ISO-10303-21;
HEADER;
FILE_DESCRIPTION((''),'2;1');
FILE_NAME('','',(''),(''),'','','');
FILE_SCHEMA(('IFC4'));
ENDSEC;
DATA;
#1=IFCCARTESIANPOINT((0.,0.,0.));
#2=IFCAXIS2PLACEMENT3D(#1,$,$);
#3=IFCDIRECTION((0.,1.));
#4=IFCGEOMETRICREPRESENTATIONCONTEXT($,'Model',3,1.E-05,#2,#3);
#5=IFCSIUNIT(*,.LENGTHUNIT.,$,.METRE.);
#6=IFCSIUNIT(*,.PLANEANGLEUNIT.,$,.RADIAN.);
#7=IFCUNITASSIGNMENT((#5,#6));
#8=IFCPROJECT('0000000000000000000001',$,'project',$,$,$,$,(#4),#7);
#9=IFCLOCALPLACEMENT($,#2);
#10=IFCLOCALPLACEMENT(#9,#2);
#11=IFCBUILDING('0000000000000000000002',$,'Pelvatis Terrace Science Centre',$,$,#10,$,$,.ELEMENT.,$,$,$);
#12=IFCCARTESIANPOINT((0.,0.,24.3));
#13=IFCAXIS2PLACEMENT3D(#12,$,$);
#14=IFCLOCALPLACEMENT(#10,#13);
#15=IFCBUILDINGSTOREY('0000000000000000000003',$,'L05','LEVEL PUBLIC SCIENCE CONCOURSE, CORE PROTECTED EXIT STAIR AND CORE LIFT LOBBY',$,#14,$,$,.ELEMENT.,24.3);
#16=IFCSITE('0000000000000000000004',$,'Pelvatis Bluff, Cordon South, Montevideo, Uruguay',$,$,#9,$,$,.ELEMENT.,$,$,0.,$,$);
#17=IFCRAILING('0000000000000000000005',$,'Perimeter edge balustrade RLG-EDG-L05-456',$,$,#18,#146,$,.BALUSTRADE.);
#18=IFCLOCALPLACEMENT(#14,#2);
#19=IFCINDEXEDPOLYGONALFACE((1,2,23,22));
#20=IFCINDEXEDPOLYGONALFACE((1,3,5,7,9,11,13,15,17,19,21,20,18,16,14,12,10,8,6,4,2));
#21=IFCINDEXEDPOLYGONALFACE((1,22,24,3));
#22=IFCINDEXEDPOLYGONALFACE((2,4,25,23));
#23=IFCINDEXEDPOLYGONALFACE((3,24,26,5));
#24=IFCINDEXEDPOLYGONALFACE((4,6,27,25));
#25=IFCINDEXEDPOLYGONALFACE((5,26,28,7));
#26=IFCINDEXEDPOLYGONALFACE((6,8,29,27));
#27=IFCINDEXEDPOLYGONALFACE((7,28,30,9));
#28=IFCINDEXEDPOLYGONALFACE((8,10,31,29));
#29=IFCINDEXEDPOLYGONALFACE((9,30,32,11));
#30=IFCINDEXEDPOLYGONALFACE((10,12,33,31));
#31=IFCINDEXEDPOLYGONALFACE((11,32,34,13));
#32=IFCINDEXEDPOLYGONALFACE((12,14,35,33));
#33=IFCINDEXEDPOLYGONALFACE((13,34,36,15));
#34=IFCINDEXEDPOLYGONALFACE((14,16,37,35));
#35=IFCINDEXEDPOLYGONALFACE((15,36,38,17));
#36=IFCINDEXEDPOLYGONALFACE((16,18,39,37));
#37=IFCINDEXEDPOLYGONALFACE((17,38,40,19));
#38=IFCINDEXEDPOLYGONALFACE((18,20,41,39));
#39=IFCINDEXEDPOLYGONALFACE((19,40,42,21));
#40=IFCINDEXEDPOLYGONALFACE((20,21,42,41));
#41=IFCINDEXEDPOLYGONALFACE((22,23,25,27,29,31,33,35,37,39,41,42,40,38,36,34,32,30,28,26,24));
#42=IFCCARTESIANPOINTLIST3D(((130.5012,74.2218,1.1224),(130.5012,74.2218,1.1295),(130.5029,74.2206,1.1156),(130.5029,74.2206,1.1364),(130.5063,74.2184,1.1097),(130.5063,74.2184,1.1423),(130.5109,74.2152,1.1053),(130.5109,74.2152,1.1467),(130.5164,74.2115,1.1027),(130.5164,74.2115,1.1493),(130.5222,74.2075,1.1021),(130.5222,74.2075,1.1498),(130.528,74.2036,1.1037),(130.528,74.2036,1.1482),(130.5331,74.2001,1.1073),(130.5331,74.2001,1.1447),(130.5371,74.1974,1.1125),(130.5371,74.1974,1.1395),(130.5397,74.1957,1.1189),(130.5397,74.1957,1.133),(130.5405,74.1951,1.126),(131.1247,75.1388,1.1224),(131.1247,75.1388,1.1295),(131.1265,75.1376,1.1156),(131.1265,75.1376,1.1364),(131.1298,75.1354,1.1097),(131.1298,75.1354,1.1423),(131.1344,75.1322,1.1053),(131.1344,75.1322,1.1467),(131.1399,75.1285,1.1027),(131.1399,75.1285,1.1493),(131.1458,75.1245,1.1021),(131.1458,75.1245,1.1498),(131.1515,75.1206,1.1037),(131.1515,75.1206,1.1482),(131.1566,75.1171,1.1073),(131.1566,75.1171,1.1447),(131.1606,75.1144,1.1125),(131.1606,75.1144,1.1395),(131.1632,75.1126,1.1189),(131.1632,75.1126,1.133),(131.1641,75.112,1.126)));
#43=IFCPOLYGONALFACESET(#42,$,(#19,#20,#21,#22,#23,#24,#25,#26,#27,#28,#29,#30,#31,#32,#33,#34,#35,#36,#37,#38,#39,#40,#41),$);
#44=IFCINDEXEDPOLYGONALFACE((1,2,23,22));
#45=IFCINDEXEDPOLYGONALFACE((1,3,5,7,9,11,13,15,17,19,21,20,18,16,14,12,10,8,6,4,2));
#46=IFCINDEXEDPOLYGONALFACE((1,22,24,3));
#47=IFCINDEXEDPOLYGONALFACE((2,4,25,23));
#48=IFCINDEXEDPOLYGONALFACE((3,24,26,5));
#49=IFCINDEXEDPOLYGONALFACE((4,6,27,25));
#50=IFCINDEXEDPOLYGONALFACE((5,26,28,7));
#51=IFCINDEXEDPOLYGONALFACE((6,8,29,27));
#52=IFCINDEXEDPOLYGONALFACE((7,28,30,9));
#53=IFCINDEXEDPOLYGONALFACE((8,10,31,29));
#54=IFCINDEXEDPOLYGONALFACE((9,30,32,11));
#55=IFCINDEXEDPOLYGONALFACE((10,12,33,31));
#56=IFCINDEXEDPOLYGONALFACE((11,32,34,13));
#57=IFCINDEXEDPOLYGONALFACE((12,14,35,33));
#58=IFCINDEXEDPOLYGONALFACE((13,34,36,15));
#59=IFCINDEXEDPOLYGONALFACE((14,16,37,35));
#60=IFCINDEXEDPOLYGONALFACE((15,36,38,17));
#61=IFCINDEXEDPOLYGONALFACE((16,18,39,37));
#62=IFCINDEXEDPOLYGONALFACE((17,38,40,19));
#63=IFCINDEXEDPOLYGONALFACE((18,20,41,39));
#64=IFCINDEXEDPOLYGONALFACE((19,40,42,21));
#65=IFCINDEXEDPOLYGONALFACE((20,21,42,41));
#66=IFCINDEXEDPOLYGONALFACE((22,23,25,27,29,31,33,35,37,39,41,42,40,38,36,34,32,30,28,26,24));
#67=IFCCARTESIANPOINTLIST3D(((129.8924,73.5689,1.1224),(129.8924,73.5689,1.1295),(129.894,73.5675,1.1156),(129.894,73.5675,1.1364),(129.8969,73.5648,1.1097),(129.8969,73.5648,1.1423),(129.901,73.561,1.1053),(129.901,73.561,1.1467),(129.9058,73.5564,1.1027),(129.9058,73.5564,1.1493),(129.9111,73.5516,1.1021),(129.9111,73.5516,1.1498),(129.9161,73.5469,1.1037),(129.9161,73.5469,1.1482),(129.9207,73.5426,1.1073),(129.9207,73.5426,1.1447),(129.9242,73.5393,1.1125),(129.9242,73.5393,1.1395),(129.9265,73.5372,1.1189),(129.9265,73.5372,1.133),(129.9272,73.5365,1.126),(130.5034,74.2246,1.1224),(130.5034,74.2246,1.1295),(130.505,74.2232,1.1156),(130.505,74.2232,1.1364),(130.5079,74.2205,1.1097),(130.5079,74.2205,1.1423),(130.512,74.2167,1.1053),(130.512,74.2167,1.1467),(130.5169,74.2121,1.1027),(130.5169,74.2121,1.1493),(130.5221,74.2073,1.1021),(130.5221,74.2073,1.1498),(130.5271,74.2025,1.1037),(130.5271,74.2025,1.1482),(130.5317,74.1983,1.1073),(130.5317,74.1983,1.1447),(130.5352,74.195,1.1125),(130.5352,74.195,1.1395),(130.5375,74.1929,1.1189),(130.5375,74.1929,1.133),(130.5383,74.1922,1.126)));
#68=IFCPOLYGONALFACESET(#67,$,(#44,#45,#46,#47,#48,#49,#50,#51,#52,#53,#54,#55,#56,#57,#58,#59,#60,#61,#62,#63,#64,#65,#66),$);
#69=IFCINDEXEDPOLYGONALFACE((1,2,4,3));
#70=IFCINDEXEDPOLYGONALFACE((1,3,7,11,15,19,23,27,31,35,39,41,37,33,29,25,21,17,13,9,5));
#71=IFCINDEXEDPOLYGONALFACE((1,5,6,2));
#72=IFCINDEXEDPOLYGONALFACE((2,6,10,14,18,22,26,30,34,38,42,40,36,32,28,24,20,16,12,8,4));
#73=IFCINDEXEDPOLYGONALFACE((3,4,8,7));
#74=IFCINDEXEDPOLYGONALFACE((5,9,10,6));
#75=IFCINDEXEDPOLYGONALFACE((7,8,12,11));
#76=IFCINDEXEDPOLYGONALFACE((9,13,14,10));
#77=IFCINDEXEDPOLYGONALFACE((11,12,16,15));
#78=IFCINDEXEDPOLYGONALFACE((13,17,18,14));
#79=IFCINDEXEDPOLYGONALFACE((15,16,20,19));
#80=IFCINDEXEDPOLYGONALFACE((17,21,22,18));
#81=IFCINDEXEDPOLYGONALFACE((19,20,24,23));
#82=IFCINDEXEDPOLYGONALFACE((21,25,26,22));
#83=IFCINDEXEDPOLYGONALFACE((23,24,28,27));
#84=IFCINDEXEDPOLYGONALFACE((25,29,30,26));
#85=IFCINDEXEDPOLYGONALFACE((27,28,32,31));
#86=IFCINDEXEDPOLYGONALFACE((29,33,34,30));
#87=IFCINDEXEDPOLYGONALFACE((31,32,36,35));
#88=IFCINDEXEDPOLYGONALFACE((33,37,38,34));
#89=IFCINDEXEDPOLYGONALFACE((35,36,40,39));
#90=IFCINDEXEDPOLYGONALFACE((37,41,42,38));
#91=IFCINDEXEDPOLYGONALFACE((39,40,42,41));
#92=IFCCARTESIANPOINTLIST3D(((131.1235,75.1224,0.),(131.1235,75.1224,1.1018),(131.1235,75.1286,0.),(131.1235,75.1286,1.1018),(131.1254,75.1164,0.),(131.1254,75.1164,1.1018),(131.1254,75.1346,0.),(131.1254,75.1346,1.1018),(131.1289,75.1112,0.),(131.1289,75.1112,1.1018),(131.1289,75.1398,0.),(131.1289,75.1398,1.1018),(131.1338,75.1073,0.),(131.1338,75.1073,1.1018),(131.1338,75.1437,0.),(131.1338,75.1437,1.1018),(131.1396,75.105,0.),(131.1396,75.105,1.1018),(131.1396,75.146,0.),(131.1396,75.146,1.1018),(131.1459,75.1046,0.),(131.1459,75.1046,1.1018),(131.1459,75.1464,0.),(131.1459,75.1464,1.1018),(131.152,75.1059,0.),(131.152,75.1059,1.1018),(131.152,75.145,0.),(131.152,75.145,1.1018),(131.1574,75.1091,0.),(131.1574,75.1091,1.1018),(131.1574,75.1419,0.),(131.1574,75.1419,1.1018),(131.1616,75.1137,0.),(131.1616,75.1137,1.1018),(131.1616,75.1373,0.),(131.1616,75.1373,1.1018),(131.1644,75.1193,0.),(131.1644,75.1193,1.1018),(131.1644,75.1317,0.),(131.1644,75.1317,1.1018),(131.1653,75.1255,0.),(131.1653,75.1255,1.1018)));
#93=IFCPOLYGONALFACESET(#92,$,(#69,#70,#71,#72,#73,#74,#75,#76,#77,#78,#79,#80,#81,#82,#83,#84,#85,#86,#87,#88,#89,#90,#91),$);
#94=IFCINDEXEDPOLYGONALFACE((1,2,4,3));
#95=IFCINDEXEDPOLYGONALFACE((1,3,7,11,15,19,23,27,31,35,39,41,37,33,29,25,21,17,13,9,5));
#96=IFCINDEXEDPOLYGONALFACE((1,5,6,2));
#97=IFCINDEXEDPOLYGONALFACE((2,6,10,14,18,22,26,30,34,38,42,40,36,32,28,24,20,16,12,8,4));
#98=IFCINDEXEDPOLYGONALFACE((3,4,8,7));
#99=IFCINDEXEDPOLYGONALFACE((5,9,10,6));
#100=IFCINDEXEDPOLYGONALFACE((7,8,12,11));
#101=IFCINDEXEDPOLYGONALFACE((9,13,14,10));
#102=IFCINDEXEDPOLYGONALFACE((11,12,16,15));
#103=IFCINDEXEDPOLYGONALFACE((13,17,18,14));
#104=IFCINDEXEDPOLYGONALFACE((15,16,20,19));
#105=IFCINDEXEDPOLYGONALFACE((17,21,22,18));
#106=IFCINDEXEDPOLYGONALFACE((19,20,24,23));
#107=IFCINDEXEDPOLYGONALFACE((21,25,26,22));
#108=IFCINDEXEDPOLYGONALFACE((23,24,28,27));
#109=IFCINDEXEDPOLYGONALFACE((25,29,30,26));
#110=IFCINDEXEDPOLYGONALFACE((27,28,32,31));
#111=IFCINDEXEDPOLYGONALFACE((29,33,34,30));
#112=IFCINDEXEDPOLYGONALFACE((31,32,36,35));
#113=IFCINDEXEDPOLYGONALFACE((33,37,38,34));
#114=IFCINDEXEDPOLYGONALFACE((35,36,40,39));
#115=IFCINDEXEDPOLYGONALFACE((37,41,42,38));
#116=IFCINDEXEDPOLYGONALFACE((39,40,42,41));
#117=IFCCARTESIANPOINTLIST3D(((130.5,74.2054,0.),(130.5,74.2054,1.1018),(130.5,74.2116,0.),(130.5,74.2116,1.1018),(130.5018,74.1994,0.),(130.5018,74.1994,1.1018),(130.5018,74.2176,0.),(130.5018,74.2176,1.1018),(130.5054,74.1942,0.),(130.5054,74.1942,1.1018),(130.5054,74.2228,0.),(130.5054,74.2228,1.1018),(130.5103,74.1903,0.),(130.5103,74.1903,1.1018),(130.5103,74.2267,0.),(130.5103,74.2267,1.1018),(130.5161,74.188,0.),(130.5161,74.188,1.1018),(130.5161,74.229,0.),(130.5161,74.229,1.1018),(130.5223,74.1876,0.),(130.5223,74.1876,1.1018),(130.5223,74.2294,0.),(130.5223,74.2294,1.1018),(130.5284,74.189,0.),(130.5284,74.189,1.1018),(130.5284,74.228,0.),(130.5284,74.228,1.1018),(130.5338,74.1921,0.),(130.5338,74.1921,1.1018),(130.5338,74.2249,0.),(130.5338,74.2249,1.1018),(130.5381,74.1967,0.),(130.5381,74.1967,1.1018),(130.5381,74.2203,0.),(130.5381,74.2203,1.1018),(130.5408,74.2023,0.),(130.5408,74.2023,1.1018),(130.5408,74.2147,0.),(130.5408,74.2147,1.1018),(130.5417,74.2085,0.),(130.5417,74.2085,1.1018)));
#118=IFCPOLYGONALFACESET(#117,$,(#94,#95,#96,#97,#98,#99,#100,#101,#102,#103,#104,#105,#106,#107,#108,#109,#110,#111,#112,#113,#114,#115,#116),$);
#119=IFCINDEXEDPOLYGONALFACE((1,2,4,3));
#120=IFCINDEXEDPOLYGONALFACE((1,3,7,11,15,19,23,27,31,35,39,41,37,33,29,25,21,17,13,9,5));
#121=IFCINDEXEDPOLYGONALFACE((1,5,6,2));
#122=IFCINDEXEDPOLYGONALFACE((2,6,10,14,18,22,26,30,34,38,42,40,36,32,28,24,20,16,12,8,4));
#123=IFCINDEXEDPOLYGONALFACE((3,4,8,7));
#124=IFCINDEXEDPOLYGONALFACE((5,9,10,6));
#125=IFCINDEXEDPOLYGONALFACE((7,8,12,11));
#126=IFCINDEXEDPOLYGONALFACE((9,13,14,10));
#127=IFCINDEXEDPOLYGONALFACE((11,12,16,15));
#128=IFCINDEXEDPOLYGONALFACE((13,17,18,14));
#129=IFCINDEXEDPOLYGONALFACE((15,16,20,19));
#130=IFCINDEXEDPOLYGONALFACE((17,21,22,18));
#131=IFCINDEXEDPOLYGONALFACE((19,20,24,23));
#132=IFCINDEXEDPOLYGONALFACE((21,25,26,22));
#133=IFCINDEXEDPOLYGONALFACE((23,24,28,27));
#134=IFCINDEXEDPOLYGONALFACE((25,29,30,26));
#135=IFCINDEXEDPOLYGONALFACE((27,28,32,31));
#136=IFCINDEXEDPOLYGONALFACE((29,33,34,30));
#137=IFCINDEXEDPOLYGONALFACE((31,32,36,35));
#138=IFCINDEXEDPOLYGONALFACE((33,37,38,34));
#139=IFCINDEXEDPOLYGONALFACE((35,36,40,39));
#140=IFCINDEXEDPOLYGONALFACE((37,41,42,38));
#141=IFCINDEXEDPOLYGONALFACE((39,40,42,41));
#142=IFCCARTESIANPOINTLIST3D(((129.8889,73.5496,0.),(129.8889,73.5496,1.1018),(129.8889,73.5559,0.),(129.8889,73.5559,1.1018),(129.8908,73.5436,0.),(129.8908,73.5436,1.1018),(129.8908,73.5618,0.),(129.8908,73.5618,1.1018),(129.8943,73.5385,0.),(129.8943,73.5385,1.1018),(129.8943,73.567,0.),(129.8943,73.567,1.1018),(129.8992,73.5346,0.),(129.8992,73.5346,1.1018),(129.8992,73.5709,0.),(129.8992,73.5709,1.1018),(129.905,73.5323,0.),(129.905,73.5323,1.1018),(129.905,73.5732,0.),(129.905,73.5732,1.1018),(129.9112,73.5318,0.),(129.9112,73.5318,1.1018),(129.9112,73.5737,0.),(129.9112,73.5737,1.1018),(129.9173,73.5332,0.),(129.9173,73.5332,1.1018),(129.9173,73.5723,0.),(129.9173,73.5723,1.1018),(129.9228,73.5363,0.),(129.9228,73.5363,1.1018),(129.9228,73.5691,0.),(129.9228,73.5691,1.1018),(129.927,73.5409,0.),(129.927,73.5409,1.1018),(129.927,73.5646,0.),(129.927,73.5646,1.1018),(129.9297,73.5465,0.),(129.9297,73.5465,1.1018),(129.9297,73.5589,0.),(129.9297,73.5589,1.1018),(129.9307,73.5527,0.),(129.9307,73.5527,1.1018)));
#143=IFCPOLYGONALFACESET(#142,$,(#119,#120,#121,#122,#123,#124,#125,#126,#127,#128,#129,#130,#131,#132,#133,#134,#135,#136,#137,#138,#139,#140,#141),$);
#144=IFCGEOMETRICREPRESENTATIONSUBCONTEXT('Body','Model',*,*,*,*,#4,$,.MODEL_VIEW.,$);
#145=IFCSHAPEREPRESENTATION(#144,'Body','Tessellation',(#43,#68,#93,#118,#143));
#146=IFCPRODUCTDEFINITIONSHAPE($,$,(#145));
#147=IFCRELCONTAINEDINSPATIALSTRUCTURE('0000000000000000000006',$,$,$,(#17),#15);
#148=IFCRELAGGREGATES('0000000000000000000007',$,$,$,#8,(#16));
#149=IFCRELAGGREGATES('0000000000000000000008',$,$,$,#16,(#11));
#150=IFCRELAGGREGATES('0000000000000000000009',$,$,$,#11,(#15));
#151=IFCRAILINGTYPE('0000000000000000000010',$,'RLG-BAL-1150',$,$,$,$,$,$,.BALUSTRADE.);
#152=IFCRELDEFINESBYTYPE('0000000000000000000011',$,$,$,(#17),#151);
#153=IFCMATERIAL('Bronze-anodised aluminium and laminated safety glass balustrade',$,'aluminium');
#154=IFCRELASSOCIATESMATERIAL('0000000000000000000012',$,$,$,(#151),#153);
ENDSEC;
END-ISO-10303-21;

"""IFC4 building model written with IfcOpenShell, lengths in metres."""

from ifc_helpers import new_model, si_unit, direction, frame, origin, origin_2d, place, context, subcontext, project, spatial, circle, extrude, material, type_object, element, save


model = new_model("IFC4")

# Units and contexts
model_context = context("Model", 3, precision=1e-05, world=origin(), true_north=direction((0.0, 1.0)))
body_context = subcontext(model_context, "Body", "Model", "MODEL_VIEW")
ifc_project = project(units=[si_unit("LENGTHUNIT", "METRE"), si_unit("PLANEANGLEUNIT", "RADIAN")], contexts=[model_context])

# Site, building, storey
site_placement = place(None, origin())
site = spatial("IfcSite", under=ifc_project, at=site_placement, Name="Pelvatis Bluff, Cordon South, Montevideo, Uruguay", CompositionType="ELEMENT", RefElevation=0.0)
building_placement = place(site_placement, origin())
building = spatial("IfcBuilding", under=site, at=building_placement, Name="Pelvatis Terrace Science Centre", CompositionType="ELEMENT")
storey_placement = place(building_placement, frame((0.0, 0.0, 24.3)))
storey = spatial("IfcBuildingStorey", under=building, at=storey_placement, Name="L05", Description="LEVEL PUBLIC SCIENCE CONCOURSE, CORE PROTECTED EXIT STAIR AND CORE LIFT LOBBY", CompositionType="ELEMENT", Elevation=24.3)

# Railing
ifc_material_1 = material(Name="Bronze-anodised aluminium and laminated safety glass balustrade", Category="aluminium")
railing_type_1 = type_object("IfcRailingType", Name="RLG-BAL-1150", PredefinedType="BALUSTRADE", material=ifc_material_1)
railing_1_placement = place(storey_placement, frame((131.1443, 75.1255, 0.0)))
element("IfcRailing", 1, at=railing_1_placement, inside=storey, type_object=railing_type_1, Name="Perimeter edge balustrade RLG-EDG-L05-456", PredefinedType="BALUSTRADE", context=body_context, shape_type="SweptSolid", body=[
    extrude(circle(Radius=0.0239, at=origin_2d()), frame((0.0, 0.0, 1.126), z_axis=(-0.562298, -0.826935, 0.0), x_axis=(0.826935, -0.562298, 0.0)), (0.0, 0.0, 1.0), 1.1089),
    extrude(circle(Radius=0.0239, at=origin_2d()), frame((-0.6235, -0.917, 1.126), z_axis=(-0.681745, -0.731589, 0.0), x_axis=(0.731589, -0.681745, 0.0)), (0.0, 0.0, 1.0), 0.8962),
    extrude(circle(Radius=0.021, at=origin_2d()), origin(), (0.0, 0.0, 1.0), 1.1018),
    extrude(circle(Radius=0.021, at=origin_2d()), frame((-0.6235, -0.917, 0.0)), (0.0, 0.0, 1.0), 1.1018),
    extrude(circle(Radius=0.021, at=origin_2d()), frame((-1.2346, -1.5728, 0.0)), (0.0, 0.0, 1.0), 1.1018),
])

save(model, "model.ifc")
